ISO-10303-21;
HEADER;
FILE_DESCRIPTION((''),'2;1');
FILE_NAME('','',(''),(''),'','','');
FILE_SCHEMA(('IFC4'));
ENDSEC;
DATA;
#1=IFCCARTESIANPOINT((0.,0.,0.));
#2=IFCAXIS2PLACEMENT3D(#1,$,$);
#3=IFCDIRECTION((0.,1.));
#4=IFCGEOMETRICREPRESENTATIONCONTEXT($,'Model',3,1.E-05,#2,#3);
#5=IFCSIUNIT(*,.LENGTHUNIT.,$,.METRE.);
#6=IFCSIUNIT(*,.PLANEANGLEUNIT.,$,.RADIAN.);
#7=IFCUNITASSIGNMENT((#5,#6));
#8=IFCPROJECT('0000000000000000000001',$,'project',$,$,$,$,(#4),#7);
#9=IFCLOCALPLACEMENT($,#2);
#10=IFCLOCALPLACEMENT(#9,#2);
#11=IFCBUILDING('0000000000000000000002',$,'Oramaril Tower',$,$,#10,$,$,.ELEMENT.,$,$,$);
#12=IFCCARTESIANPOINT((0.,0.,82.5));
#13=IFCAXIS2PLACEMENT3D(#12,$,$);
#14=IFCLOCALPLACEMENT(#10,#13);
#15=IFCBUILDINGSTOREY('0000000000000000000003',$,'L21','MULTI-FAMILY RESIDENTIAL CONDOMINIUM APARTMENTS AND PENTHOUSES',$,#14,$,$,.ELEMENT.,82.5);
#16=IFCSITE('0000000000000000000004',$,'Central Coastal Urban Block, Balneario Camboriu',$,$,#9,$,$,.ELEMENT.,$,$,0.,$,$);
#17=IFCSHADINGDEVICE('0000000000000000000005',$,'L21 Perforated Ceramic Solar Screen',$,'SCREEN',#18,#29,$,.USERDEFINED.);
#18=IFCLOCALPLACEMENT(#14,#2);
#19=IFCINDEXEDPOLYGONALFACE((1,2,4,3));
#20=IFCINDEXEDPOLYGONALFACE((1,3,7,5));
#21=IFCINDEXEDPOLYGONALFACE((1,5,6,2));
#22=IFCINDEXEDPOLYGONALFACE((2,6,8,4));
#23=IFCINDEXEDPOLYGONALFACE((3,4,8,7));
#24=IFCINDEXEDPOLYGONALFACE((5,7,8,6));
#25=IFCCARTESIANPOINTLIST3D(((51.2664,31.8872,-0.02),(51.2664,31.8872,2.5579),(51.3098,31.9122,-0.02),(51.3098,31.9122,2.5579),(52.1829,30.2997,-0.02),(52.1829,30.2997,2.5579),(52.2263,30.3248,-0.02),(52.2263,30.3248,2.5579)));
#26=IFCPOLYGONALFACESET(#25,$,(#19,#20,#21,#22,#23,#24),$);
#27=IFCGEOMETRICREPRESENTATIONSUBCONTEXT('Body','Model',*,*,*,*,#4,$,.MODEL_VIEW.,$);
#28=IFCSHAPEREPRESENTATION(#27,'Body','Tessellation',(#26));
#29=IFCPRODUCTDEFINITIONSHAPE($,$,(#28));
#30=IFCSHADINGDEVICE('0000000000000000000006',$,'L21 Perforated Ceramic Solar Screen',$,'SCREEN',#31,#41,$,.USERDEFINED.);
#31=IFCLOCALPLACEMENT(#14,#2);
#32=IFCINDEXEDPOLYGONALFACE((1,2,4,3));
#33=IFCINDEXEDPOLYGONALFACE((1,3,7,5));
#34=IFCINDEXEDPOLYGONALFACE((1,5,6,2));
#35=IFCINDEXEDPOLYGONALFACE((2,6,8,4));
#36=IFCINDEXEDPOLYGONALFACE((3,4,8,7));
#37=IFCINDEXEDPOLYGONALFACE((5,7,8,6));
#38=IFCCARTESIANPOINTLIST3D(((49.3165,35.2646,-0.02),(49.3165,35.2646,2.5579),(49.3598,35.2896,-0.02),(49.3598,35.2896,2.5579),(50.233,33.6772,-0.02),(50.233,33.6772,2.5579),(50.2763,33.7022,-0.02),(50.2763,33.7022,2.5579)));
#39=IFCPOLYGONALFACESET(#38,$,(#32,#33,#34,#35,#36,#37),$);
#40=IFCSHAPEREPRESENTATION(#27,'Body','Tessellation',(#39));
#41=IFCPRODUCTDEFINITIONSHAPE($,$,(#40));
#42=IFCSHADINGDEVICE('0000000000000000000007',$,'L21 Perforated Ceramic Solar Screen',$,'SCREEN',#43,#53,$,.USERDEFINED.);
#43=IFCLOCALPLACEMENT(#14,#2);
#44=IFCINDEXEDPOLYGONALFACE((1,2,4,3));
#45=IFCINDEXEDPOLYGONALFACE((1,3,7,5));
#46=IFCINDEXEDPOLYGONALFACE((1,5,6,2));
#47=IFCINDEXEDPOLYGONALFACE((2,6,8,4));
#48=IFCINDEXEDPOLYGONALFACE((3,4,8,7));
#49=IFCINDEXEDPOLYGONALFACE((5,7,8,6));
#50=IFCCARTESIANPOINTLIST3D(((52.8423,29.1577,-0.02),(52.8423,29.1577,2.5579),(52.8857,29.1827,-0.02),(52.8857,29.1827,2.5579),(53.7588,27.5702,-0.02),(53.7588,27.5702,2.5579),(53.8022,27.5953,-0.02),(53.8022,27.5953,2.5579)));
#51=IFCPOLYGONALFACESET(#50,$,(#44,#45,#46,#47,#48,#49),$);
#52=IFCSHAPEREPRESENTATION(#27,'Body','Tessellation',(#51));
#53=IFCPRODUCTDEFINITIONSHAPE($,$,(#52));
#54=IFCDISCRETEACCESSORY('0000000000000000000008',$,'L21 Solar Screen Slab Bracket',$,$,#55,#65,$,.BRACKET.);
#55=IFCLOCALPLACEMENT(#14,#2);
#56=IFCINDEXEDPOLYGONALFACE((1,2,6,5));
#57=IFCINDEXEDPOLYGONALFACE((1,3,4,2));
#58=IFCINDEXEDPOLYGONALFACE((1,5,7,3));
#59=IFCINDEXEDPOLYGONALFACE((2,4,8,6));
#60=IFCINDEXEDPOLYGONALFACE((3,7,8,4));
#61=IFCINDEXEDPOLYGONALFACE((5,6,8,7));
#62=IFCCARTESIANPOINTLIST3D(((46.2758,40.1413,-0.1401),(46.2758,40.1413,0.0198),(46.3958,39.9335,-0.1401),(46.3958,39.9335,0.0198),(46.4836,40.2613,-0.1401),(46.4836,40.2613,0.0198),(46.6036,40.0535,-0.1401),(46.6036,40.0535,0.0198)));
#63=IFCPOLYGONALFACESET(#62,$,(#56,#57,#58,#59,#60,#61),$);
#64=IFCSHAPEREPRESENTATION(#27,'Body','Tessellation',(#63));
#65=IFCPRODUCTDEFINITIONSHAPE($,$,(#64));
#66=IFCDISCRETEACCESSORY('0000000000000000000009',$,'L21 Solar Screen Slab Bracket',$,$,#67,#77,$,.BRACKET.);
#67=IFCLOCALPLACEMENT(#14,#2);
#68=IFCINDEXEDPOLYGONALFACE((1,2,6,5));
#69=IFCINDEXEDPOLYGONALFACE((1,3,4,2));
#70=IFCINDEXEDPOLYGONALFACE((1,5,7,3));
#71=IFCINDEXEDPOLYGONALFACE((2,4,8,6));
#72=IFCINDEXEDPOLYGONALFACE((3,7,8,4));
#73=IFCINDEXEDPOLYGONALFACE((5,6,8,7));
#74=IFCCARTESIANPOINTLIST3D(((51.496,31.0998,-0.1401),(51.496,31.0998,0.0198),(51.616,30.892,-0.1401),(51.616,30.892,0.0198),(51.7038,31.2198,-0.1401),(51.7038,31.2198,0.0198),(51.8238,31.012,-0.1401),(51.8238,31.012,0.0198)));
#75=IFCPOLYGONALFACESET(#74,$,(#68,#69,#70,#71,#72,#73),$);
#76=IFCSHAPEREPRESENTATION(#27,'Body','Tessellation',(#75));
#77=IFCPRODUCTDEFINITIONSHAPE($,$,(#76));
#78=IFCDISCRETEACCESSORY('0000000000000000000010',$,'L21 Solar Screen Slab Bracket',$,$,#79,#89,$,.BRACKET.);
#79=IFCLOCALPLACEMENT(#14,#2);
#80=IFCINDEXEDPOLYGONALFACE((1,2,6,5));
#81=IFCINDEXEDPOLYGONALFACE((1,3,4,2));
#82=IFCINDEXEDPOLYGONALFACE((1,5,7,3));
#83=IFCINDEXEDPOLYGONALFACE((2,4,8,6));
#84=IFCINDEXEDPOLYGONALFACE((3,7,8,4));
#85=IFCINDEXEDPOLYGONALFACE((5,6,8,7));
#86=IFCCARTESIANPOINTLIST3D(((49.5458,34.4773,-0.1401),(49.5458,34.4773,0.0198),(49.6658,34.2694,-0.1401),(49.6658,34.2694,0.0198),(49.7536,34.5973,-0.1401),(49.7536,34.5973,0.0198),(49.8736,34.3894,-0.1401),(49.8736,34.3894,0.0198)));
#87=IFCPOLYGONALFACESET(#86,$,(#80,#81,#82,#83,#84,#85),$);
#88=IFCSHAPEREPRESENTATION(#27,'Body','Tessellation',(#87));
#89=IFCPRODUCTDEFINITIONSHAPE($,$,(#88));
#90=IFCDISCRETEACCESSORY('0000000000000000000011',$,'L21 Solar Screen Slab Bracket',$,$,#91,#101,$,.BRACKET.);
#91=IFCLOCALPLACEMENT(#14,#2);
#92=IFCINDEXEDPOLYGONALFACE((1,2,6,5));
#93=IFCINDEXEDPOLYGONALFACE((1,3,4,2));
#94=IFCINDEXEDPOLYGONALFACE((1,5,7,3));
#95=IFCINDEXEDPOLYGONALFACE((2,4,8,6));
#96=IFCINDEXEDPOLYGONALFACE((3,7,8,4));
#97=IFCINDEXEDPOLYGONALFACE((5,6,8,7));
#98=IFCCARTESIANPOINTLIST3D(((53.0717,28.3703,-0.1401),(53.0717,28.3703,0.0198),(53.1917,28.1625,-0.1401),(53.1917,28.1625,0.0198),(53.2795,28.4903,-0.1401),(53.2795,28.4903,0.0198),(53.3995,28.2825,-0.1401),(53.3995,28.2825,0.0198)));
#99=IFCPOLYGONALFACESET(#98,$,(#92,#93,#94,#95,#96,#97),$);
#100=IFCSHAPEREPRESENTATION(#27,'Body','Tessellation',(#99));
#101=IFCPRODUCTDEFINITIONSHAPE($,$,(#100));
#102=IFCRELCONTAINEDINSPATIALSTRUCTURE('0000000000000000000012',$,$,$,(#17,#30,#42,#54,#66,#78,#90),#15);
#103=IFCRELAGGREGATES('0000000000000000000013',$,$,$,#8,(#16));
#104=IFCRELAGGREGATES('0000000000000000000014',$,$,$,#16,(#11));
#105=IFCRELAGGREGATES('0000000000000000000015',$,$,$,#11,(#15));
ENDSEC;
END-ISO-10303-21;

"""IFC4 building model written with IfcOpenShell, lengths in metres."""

from ifc_helpers import new_model, si_unit, direction, frame, origin, origin_2d, place, context, subcontext, project, spatial, rectangle, extrude, element, save


model = new_model("IFC4")

# Units and contexts
model_context = context("Model", 3, precision=1e-05, world=origin(), true_north=direction((0.0, 1.0)))
body_context = subcontext(model_context, "Body", "Model", "MODEL_VIEW")
ifc_project = project(units=[si_unit("LENGTHUNIT", "METRE"), si_unit("PLANEANGLEUNIT", "RADIAN")], contexts=[model_context])

# Site, building, storey
site_placement = place(None, origin())
site = spatial("IfcSite", under=ifc_project, at=site_placement, Name="Central Coastal Urban Block, Balneario Camboriu", CompositionType="ELEMENT", RefElevation=0.0)
building_placement = place(site_placement, origin())
building = spatial("IfcBuilding", under=site, at=building_placement, Name="Oramaril Tower", CompositionType="ELEMENT")
storey_placement = place(building_placement, frame((0.0, 0.0, 82.5)))
storey = spatial("IfcBuildingStorey", under=building, at=storey_placement, Name="L21", Description="MULTI-FAMILY RESIDENTIAL CONDOMINIUM APARTMENTS AND PENTHOUSES", CompositionType="ELEMENT", Elevation=82.5)

# Shading devices
for number, where, z_axis, x_axis, name in (
    (1, (51.7463, 31.106, -0.02), (0.0, 0.0, 1.0), (-0.5, 0.866025, 0.0), "L21 Perforated Ceramic Solar Screen"),
    (2, (49.7964, 34.4834, -0.02), (0.0, 0.0, 1.0), (-0.5, 0.866025, 0.0), "L21 Perforated Ceramic Solar Screen"),
    (3, (53.3223, 28.3765, -0.02), (0.0, 0.0, 1.0), (-0.5, 0.866025, 0.0), "L21 Perforated Ceramic Solar Screen"),
):
    element("IfcShadingDevice", number, at=place(storey_placement, frame(where, z_axis=z_axis, x_axis=x_axis)), inside=storey, Name=name, ObjectType="SCREEN", PredefinedType="USERDEFINED", context=body_context, shape_type="SweptSolid", body=[
        extrude(rectangle(XDim=1.833, YDim=0.05, at=origin_2d()), origin(), (0.0, 0.0, 1.0), 2.5779),
    ])

# Discrete accessories
for number, where, z_axis, x_axis, name in (
    (4, (46.4397, 40.0974, -0.1401), (0.0, 0.0, 1.0), (-0.5, 0.866025, 0.0), "L21 Solar Screen Slab Bracket"),
    (5, (51.6599, 31.0559, -0.1401), (0.0, 0.0, 1.0), (-0.5, 0.866025, 0.0), "L21 Solar Screen Slab Bracket"),
    (6, (49.7097, 34.4333, -0.1401), (0.0, 0.0, 1.0), (-0.5, 0.866025, 0.0), "L21 Solar Screen Slab Bracket"),
    (7, (53.2356, 28.3264, -0.1401), (0.0, 0.0, 1.0), (-0.5, 0.866025, 0.0), "L21 Solar Screen Slab Bracket"),
):
    element("IfcDiscreteAccessory", number, at=place(storey_placement, frame(where, z_axis=z_axis, x_axis=x_axis)), inside=storey, Name=name, PredefinedType="BRACKET", context=body_context, shape_type="SweptSolid", body=[
        extrude(rectangle(XDim=0.24, YDim=0.24, at=origin_2d()), origin(), (0.0, 0.0, 1.0), 0.1599),
    ])

save(model, "model.ifc")
